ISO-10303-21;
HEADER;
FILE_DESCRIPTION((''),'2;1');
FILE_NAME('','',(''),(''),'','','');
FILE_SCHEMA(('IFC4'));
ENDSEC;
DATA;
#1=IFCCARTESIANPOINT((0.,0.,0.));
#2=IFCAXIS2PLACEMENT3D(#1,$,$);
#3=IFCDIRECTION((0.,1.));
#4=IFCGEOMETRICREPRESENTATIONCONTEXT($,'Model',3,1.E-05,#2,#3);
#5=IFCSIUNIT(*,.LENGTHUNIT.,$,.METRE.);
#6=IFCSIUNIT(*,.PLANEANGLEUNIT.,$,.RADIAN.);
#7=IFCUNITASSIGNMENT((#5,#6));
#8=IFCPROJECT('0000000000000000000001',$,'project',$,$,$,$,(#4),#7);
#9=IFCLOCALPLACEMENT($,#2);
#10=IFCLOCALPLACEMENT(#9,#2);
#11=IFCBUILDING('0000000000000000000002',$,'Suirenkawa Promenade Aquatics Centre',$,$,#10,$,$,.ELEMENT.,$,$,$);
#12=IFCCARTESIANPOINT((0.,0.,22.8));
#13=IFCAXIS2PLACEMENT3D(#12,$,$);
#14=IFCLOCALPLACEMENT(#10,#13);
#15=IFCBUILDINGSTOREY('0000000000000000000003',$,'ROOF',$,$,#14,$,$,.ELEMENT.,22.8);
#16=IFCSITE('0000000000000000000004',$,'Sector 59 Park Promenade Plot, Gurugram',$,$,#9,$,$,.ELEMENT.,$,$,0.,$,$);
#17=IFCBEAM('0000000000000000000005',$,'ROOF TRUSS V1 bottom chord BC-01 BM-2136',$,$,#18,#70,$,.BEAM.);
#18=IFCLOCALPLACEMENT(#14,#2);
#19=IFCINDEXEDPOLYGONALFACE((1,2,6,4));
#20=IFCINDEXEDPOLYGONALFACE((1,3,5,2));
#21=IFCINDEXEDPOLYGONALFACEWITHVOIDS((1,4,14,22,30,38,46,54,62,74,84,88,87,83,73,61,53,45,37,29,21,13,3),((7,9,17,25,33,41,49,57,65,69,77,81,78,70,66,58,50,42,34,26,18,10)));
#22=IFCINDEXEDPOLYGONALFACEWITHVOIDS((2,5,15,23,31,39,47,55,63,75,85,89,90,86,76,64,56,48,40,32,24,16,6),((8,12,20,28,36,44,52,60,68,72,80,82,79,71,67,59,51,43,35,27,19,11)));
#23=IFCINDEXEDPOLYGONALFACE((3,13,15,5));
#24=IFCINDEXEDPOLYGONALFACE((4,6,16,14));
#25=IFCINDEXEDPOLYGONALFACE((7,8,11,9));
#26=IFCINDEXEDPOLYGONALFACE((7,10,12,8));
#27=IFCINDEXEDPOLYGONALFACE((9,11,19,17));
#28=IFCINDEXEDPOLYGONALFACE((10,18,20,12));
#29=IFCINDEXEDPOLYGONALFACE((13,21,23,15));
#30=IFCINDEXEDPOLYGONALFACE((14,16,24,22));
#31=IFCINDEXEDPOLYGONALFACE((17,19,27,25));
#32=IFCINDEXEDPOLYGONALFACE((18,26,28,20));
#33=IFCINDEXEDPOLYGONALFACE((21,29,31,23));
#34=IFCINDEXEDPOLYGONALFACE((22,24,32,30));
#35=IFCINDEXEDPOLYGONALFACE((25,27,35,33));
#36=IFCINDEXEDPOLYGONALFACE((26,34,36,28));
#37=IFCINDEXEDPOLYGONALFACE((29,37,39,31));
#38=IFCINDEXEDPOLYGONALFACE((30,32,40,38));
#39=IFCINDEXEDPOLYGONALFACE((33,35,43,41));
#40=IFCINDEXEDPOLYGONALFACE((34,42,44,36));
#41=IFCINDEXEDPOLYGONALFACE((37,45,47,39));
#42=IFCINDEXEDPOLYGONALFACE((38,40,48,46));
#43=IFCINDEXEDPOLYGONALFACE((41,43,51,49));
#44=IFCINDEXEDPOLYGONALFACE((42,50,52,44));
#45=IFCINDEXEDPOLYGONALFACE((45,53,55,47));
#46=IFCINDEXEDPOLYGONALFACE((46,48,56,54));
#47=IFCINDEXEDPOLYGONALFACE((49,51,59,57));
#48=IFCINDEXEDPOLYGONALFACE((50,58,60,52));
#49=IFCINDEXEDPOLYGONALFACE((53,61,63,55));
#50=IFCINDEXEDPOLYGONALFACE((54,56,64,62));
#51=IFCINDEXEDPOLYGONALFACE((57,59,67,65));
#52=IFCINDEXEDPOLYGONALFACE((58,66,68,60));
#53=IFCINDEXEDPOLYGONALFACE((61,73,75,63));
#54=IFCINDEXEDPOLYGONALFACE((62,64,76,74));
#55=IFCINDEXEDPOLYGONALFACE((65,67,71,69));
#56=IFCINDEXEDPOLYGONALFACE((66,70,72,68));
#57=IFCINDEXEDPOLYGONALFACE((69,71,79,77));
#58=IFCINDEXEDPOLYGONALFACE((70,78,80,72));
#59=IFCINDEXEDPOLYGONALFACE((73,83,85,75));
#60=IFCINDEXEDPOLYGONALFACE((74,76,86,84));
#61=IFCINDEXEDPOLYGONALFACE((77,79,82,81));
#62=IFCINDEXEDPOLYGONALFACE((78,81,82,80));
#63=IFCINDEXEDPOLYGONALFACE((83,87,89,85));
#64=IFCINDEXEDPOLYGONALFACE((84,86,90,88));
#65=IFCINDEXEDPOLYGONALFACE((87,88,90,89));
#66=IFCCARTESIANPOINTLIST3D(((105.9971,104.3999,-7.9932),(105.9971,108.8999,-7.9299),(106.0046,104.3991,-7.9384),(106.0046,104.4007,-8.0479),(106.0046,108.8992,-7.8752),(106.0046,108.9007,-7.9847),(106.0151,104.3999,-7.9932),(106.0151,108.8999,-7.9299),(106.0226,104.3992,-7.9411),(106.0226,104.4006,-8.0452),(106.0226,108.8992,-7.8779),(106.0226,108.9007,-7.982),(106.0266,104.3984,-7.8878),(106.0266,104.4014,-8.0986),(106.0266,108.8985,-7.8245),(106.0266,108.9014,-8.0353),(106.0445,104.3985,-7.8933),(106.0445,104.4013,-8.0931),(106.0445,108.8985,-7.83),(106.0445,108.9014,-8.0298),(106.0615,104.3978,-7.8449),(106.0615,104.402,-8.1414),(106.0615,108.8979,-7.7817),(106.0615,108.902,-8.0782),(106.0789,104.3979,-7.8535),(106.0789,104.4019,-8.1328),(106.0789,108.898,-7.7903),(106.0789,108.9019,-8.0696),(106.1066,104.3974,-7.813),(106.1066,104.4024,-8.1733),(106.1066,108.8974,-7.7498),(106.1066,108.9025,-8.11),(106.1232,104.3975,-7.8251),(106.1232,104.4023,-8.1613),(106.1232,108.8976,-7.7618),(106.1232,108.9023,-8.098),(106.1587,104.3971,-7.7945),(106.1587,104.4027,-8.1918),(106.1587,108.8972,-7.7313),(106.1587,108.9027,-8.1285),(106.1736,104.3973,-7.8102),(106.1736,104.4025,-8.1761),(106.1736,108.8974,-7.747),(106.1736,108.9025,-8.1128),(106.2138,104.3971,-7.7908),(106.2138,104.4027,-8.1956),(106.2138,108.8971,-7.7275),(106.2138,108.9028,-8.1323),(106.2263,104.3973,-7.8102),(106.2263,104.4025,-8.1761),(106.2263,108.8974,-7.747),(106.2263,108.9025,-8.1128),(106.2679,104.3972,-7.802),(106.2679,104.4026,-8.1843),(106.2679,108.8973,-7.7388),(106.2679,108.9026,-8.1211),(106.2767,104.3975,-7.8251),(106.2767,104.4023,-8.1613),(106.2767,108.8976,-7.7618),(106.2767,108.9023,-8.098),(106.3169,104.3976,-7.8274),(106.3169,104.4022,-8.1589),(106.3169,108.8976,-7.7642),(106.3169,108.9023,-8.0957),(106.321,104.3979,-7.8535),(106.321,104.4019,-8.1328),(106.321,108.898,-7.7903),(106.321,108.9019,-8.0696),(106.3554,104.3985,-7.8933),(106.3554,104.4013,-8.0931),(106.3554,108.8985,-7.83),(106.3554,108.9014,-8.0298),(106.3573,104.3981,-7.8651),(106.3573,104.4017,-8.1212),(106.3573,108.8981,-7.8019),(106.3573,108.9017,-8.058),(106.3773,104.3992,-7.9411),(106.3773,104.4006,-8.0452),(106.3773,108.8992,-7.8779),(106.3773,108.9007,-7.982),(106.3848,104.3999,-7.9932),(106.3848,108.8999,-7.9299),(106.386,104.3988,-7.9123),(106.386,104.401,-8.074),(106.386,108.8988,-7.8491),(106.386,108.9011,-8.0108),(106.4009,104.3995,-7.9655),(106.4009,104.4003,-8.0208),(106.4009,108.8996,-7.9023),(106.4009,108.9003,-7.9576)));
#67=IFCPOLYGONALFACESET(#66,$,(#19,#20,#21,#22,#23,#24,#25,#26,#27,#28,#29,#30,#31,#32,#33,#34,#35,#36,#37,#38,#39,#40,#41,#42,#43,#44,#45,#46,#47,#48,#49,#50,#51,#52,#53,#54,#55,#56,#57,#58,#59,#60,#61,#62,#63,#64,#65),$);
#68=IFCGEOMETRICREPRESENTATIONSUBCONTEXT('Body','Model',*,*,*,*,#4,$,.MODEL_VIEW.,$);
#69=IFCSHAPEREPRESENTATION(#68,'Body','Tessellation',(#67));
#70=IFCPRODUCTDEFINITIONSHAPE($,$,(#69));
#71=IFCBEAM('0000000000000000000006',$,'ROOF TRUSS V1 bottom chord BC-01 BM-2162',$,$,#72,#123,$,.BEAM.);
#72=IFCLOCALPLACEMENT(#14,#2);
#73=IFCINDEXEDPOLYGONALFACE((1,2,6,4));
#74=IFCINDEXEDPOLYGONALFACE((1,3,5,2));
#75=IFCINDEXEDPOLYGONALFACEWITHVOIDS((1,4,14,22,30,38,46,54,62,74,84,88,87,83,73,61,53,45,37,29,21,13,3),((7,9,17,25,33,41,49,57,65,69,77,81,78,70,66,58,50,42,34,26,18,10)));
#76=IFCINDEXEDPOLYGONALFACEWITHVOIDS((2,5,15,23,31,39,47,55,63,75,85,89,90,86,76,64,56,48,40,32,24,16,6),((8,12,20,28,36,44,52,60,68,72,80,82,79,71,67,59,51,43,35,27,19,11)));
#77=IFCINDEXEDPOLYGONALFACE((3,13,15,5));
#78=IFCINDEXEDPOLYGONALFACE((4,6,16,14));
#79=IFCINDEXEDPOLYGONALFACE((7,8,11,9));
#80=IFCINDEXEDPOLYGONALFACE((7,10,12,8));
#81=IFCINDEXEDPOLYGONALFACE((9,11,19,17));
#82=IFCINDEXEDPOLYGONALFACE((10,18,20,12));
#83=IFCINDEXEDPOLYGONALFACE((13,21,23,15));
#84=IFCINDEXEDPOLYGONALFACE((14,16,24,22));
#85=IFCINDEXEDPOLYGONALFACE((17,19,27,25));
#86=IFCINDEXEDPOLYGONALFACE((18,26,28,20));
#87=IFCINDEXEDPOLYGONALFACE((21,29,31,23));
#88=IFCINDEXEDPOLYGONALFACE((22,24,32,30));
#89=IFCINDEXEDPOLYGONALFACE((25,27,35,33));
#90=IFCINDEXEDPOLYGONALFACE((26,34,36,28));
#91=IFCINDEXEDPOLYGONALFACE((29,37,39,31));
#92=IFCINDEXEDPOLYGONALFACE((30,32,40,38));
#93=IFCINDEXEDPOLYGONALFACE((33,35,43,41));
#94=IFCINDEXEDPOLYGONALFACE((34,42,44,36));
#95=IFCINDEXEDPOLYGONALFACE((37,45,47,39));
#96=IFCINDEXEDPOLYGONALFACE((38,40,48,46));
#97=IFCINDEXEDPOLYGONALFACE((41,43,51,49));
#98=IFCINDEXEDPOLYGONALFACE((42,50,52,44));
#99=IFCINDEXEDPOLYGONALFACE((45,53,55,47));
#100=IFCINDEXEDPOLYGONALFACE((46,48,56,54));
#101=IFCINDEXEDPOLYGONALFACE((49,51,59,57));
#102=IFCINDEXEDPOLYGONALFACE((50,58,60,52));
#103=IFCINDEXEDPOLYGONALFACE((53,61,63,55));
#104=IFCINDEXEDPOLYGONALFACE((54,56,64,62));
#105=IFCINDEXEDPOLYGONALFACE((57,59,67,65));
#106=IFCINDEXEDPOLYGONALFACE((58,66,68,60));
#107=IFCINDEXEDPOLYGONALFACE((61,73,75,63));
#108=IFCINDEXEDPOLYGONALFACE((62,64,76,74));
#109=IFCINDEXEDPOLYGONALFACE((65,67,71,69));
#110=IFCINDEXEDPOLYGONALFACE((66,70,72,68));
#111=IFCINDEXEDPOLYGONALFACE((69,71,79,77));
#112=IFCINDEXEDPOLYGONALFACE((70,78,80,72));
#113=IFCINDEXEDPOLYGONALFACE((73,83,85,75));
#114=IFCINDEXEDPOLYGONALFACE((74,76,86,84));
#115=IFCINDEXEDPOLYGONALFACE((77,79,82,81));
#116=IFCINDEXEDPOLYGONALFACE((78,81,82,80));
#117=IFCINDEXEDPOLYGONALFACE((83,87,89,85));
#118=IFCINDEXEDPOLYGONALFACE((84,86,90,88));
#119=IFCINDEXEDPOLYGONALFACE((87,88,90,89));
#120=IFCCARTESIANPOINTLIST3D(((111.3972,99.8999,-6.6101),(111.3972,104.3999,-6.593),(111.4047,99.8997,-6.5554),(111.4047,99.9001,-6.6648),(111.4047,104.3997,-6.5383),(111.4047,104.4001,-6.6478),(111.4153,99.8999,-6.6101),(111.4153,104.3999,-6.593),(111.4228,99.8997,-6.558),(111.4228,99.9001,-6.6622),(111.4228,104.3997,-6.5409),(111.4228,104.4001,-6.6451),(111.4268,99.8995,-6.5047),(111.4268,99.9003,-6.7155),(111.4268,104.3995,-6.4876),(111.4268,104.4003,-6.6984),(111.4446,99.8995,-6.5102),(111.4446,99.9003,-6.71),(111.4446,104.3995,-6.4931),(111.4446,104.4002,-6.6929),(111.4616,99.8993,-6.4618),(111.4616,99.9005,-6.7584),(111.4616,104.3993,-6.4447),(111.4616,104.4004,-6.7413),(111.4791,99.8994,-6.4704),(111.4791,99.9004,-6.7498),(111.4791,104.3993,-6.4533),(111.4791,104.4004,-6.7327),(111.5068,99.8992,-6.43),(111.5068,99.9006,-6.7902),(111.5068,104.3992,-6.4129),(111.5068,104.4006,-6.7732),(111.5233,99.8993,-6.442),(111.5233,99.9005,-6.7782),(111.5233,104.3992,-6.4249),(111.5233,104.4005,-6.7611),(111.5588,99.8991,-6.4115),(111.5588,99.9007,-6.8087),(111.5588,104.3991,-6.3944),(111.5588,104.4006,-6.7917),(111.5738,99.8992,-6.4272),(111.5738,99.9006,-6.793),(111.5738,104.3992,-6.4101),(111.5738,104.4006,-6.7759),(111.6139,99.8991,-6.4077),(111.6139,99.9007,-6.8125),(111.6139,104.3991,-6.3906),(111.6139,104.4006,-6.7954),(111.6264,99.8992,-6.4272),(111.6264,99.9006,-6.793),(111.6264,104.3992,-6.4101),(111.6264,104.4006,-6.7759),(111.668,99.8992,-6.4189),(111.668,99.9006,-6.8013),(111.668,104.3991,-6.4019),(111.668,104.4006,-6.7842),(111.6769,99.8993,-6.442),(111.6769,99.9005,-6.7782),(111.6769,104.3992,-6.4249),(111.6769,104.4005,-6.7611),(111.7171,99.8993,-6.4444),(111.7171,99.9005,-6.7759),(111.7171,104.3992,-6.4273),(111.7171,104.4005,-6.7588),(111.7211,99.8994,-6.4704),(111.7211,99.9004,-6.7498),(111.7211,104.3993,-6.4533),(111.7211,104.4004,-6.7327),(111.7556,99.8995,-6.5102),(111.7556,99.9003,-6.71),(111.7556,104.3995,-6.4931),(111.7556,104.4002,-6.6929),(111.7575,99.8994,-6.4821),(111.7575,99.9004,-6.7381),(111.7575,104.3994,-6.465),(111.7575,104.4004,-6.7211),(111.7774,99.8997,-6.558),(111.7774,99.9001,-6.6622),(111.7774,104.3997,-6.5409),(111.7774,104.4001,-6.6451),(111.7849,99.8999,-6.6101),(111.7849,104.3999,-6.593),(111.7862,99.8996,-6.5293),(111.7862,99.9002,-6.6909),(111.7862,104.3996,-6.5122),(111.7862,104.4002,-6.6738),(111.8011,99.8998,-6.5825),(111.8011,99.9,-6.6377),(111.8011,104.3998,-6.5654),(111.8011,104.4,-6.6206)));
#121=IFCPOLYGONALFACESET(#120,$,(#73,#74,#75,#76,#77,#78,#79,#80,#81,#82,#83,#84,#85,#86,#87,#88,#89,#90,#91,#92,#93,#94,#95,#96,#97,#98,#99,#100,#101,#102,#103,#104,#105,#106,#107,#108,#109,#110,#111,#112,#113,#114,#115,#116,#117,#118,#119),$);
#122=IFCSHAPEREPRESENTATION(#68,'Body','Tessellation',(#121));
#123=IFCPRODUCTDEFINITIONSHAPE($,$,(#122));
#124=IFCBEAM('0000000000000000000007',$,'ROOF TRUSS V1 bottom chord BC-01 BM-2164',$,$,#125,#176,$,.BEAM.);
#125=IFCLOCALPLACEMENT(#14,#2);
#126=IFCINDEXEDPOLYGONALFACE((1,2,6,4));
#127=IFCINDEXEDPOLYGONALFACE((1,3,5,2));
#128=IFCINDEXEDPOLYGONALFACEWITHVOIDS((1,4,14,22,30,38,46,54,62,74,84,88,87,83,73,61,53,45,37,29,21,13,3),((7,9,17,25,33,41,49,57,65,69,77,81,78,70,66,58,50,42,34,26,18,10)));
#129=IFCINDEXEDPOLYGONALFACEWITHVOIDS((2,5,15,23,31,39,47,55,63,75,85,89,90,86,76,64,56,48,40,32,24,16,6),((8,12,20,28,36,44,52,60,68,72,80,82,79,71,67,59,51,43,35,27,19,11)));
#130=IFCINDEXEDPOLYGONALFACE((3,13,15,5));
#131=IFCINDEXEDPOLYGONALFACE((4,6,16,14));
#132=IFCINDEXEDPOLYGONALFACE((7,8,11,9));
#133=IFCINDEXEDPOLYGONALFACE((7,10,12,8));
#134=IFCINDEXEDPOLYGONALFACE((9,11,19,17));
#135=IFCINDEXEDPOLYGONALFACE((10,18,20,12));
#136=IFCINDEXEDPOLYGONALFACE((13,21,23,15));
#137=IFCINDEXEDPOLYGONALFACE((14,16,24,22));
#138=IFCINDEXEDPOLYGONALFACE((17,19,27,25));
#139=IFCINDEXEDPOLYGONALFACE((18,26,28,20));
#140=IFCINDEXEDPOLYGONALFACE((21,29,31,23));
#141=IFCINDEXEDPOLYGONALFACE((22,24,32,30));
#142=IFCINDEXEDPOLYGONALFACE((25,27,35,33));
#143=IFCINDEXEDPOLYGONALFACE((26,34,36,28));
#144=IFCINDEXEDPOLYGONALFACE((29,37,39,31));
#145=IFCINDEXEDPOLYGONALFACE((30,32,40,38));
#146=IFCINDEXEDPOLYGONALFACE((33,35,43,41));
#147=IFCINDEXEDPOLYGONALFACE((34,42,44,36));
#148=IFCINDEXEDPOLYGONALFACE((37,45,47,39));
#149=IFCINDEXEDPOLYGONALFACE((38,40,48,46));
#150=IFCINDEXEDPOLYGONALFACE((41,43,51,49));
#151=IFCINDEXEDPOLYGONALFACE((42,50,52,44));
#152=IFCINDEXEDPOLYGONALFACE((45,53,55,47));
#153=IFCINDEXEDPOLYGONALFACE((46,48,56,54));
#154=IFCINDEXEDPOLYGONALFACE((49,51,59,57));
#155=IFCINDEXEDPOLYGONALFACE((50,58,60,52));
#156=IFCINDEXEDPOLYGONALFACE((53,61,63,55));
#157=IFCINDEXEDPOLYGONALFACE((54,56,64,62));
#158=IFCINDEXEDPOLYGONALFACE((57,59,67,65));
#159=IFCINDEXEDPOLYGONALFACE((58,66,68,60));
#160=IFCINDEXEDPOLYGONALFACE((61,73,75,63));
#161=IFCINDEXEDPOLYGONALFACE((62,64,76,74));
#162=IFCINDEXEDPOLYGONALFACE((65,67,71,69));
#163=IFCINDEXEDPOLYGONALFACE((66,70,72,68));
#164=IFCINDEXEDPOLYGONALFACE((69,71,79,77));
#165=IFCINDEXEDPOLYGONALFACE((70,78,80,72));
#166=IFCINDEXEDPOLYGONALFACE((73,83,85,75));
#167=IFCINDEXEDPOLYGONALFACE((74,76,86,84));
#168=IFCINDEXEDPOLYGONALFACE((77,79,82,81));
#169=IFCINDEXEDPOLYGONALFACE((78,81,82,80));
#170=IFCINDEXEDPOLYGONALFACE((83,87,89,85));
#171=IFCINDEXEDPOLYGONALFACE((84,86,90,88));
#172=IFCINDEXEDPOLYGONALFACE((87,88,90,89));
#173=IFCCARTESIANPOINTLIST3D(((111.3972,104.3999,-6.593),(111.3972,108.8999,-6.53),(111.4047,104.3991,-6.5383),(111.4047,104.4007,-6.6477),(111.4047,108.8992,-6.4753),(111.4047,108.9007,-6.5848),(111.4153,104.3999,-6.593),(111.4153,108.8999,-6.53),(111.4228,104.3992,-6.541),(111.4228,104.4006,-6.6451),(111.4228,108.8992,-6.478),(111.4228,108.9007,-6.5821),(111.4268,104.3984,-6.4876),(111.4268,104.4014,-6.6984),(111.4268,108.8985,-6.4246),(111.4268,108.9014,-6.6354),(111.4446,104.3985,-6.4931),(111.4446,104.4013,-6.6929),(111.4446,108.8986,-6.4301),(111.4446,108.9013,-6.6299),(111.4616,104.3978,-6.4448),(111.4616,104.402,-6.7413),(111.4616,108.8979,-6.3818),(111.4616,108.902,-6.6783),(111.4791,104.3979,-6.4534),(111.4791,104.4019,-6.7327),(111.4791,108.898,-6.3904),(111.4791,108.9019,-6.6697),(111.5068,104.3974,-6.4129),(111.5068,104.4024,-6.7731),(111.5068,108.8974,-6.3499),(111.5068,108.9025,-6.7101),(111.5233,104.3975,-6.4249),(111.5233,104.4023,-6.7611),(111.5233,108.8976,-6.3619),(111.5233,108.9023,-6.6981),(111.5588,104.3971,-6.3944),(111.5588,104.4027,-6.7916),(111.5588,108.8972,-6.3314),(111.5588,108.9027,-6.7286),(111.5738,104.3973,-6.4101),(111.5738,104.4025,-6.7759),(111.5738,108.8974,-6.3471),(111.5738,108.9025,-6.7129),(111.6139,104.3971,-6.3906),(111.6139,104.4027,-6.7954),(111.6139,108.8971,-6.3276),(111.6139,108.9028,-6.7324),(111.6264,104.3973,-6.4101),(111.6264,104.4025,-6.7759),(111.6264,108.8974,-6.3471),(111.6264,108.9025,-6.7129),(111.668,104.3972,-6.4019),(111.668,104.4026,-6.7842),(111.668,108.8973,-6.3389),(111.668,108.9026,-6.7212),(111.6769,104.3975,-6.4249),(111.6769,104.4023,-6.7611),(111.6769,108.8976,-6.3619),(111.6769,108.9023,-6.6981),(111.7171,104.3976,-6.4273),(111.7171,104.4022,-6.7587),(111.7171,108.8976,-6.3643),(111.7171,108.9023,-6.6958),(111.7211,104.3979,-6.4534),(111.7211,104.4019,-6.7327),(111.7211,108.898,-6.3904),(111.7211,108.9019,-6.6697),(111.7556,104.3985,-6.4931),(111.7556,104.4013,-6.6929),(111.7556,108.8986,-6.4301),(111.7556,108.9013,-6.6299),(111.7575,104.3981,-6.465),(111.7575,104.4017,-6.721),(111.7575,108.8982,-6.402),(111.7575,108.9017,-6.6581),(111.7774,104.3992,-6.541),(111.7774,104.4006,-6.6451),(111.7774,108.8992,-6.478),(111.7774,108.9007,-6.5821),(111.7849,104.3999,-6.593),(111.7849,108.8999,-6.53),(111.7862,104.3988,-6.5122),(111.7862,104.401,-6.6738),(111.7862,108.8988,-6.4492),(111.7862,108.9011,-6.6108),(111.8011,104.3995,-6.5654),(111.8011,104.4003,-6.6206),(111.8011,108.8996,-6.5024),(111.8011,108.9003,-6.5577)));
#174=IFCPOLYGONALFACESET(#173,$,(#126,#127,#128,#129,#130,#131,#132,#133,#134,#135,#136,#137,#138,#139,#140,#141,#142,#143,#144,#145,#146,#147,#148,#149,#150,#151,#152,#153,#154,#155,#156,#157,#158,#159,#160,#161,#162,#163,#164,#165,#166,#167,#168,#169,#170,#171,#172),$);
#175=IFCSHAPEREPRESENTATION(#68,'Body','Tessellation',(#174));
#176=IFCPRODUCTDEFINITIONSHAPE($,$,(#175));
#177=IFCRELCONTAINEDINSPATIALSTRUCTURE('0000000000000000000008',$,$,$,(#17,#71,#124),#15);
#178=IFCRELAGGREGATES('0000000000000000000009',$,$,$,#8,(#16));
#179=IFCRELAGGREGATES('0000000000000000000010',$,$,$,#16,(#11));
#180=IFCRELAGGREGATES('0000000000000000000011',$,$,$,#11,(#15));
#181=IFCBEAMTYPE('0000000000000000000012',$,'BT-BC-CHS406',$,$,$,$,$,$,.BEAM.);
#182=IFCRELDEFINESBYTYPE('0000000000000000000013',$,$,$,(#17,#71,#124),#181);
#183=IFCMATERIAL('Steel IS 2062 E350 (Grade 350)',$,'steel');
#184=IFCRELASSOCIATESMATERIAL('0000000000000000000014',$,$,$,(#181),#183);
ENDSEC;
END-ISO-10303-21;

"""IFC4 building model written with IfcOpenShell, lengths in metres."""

from ifc_helpers import new_model, si_unit, direction, frame, origin, origin_2d, place, context, subcontext, project, spatial, hollow_circle, extrude, material, material_profile, profile_set, type_object, element, save


model = new_model("IFC4")

# Units and contexts
model_context = context("Model", 3, precision=1e-05, world=origin(), true_north=direction((0.0, 1.0)))
body_context = subcontext(model_context, "Body", "Model", "MODEL_VIEW")
ifc_project = project(units=[si_unit("LENGTHUNIT", "METRE"), si_unit("PLANEANGLEUNIT", "RADIAN")], contexts=[model_context])

# Site, building, storey
site_placement = place(None, origin())
site = spatial("IfcSite", under=ifc_project, at=site_placement, Name="Sector 59 Park Promenade Plot, Gurugram", CompositionType="ELEMENT", RefElevation=0.0)
building_placement = place(site_placement, origin())
building = spatial("IfcBuilding", under=site, at=building_placement, Name="Suirenkawa Promenade Aquatics Centre", CompositionType="ELEMENT")
storey_placement = place(building_placement, frame((0.0, 0.0, 22.8)))
storey = spatial("IfcBuildingStorey", under=building, at=storey_placement, Name="ROOF", CompositionType="ELEMENT", Elevation=22.8)

# Beams
ifc_material = material(Name="Steel IS 2062 E350 (Grade 350)", Category="steel")
ifc_material_profile_1 = material_profile(ifc_material, hollow_circle(Radius=0.2029, WallThickness=0.0181, at=origin_2d()), Name="CHS 406x18", Category="steel")
ifc_profile_set_1 = profile_set([ifc_material_profile_1], Name="Steel IS 2062 E350 (Grade 350)")
beam_type_1 = type_object("IfcBeamType", Name="BT-BC-CHS406", PredefinedType="BEAM", material=ifc_profile_set_1)
beam_1_placement = place(storey_placement, frame((106.2, 104.3999, -7.9932), z_axis=(0.0, 0.999901, 0.01405), x_axis=(-1.0, 0.0, 0.0)))
element("IfcBeam", 1, at=beam_1_placement, inside=storey, type_object=beam_type_1, Name="ROOF TRUSS V1 bottom chord BC-01 BM-2136", PredefinedType="BEAM", context=body_context, shape_type="SweptSolid", body=[
    extrude(hollow_circle(Radius=0.2029, WallThickness=0.0181, at=origin_2d()), origin(), (0.0, 0.0, 1.0), 4.5005),
])
beam_2_placement = place(storey_placement, frame((111.6001, 99.8999, -6.6101), z_axis=(0.0, 0.999993, 0.003798), x_axis=(-1.0, 0.0, 0.0)))
element("IfcBeam", 2, at=beam_2_placement, inside=storey, type_object=beam_type_1, Name="ROOF TRUSS V1 bottom chord BC-01 BM-2162", PredefinedType="BEAM", context=body_context, shape_type="SweptSolid", body=[
    extrude(hollow_circle(Radius=0.2029, WallThickness=0.0181, at=origin_2d()), origin(), (0.0, 0.0, 1.0), 4.5),
])
beam_3_placement = place(storey_placement, frame((111.6001, 104.3999, -6.593), z_axis=(0.0, 0.999902, 0.013996), x_axis=(-1.0, 0.0, 0.0)))
element("IfcBeam", 3, at=beam_3_placement, inside=storey, type_object=beam_type_1, Name="ROOF TRUSS V1 bottom chord BC-01 BM-2164", PredefinedType="BEAM", context=body_context, shape_type="SweptSolid", body=[
    extrude(hollow_circle(Radius=0.2029, WallThickness=0.0181, at=origin_2d()), origin(), (0.0, 0.0, 1.0), 4.5005),
])

save(model, "model.ifc")
